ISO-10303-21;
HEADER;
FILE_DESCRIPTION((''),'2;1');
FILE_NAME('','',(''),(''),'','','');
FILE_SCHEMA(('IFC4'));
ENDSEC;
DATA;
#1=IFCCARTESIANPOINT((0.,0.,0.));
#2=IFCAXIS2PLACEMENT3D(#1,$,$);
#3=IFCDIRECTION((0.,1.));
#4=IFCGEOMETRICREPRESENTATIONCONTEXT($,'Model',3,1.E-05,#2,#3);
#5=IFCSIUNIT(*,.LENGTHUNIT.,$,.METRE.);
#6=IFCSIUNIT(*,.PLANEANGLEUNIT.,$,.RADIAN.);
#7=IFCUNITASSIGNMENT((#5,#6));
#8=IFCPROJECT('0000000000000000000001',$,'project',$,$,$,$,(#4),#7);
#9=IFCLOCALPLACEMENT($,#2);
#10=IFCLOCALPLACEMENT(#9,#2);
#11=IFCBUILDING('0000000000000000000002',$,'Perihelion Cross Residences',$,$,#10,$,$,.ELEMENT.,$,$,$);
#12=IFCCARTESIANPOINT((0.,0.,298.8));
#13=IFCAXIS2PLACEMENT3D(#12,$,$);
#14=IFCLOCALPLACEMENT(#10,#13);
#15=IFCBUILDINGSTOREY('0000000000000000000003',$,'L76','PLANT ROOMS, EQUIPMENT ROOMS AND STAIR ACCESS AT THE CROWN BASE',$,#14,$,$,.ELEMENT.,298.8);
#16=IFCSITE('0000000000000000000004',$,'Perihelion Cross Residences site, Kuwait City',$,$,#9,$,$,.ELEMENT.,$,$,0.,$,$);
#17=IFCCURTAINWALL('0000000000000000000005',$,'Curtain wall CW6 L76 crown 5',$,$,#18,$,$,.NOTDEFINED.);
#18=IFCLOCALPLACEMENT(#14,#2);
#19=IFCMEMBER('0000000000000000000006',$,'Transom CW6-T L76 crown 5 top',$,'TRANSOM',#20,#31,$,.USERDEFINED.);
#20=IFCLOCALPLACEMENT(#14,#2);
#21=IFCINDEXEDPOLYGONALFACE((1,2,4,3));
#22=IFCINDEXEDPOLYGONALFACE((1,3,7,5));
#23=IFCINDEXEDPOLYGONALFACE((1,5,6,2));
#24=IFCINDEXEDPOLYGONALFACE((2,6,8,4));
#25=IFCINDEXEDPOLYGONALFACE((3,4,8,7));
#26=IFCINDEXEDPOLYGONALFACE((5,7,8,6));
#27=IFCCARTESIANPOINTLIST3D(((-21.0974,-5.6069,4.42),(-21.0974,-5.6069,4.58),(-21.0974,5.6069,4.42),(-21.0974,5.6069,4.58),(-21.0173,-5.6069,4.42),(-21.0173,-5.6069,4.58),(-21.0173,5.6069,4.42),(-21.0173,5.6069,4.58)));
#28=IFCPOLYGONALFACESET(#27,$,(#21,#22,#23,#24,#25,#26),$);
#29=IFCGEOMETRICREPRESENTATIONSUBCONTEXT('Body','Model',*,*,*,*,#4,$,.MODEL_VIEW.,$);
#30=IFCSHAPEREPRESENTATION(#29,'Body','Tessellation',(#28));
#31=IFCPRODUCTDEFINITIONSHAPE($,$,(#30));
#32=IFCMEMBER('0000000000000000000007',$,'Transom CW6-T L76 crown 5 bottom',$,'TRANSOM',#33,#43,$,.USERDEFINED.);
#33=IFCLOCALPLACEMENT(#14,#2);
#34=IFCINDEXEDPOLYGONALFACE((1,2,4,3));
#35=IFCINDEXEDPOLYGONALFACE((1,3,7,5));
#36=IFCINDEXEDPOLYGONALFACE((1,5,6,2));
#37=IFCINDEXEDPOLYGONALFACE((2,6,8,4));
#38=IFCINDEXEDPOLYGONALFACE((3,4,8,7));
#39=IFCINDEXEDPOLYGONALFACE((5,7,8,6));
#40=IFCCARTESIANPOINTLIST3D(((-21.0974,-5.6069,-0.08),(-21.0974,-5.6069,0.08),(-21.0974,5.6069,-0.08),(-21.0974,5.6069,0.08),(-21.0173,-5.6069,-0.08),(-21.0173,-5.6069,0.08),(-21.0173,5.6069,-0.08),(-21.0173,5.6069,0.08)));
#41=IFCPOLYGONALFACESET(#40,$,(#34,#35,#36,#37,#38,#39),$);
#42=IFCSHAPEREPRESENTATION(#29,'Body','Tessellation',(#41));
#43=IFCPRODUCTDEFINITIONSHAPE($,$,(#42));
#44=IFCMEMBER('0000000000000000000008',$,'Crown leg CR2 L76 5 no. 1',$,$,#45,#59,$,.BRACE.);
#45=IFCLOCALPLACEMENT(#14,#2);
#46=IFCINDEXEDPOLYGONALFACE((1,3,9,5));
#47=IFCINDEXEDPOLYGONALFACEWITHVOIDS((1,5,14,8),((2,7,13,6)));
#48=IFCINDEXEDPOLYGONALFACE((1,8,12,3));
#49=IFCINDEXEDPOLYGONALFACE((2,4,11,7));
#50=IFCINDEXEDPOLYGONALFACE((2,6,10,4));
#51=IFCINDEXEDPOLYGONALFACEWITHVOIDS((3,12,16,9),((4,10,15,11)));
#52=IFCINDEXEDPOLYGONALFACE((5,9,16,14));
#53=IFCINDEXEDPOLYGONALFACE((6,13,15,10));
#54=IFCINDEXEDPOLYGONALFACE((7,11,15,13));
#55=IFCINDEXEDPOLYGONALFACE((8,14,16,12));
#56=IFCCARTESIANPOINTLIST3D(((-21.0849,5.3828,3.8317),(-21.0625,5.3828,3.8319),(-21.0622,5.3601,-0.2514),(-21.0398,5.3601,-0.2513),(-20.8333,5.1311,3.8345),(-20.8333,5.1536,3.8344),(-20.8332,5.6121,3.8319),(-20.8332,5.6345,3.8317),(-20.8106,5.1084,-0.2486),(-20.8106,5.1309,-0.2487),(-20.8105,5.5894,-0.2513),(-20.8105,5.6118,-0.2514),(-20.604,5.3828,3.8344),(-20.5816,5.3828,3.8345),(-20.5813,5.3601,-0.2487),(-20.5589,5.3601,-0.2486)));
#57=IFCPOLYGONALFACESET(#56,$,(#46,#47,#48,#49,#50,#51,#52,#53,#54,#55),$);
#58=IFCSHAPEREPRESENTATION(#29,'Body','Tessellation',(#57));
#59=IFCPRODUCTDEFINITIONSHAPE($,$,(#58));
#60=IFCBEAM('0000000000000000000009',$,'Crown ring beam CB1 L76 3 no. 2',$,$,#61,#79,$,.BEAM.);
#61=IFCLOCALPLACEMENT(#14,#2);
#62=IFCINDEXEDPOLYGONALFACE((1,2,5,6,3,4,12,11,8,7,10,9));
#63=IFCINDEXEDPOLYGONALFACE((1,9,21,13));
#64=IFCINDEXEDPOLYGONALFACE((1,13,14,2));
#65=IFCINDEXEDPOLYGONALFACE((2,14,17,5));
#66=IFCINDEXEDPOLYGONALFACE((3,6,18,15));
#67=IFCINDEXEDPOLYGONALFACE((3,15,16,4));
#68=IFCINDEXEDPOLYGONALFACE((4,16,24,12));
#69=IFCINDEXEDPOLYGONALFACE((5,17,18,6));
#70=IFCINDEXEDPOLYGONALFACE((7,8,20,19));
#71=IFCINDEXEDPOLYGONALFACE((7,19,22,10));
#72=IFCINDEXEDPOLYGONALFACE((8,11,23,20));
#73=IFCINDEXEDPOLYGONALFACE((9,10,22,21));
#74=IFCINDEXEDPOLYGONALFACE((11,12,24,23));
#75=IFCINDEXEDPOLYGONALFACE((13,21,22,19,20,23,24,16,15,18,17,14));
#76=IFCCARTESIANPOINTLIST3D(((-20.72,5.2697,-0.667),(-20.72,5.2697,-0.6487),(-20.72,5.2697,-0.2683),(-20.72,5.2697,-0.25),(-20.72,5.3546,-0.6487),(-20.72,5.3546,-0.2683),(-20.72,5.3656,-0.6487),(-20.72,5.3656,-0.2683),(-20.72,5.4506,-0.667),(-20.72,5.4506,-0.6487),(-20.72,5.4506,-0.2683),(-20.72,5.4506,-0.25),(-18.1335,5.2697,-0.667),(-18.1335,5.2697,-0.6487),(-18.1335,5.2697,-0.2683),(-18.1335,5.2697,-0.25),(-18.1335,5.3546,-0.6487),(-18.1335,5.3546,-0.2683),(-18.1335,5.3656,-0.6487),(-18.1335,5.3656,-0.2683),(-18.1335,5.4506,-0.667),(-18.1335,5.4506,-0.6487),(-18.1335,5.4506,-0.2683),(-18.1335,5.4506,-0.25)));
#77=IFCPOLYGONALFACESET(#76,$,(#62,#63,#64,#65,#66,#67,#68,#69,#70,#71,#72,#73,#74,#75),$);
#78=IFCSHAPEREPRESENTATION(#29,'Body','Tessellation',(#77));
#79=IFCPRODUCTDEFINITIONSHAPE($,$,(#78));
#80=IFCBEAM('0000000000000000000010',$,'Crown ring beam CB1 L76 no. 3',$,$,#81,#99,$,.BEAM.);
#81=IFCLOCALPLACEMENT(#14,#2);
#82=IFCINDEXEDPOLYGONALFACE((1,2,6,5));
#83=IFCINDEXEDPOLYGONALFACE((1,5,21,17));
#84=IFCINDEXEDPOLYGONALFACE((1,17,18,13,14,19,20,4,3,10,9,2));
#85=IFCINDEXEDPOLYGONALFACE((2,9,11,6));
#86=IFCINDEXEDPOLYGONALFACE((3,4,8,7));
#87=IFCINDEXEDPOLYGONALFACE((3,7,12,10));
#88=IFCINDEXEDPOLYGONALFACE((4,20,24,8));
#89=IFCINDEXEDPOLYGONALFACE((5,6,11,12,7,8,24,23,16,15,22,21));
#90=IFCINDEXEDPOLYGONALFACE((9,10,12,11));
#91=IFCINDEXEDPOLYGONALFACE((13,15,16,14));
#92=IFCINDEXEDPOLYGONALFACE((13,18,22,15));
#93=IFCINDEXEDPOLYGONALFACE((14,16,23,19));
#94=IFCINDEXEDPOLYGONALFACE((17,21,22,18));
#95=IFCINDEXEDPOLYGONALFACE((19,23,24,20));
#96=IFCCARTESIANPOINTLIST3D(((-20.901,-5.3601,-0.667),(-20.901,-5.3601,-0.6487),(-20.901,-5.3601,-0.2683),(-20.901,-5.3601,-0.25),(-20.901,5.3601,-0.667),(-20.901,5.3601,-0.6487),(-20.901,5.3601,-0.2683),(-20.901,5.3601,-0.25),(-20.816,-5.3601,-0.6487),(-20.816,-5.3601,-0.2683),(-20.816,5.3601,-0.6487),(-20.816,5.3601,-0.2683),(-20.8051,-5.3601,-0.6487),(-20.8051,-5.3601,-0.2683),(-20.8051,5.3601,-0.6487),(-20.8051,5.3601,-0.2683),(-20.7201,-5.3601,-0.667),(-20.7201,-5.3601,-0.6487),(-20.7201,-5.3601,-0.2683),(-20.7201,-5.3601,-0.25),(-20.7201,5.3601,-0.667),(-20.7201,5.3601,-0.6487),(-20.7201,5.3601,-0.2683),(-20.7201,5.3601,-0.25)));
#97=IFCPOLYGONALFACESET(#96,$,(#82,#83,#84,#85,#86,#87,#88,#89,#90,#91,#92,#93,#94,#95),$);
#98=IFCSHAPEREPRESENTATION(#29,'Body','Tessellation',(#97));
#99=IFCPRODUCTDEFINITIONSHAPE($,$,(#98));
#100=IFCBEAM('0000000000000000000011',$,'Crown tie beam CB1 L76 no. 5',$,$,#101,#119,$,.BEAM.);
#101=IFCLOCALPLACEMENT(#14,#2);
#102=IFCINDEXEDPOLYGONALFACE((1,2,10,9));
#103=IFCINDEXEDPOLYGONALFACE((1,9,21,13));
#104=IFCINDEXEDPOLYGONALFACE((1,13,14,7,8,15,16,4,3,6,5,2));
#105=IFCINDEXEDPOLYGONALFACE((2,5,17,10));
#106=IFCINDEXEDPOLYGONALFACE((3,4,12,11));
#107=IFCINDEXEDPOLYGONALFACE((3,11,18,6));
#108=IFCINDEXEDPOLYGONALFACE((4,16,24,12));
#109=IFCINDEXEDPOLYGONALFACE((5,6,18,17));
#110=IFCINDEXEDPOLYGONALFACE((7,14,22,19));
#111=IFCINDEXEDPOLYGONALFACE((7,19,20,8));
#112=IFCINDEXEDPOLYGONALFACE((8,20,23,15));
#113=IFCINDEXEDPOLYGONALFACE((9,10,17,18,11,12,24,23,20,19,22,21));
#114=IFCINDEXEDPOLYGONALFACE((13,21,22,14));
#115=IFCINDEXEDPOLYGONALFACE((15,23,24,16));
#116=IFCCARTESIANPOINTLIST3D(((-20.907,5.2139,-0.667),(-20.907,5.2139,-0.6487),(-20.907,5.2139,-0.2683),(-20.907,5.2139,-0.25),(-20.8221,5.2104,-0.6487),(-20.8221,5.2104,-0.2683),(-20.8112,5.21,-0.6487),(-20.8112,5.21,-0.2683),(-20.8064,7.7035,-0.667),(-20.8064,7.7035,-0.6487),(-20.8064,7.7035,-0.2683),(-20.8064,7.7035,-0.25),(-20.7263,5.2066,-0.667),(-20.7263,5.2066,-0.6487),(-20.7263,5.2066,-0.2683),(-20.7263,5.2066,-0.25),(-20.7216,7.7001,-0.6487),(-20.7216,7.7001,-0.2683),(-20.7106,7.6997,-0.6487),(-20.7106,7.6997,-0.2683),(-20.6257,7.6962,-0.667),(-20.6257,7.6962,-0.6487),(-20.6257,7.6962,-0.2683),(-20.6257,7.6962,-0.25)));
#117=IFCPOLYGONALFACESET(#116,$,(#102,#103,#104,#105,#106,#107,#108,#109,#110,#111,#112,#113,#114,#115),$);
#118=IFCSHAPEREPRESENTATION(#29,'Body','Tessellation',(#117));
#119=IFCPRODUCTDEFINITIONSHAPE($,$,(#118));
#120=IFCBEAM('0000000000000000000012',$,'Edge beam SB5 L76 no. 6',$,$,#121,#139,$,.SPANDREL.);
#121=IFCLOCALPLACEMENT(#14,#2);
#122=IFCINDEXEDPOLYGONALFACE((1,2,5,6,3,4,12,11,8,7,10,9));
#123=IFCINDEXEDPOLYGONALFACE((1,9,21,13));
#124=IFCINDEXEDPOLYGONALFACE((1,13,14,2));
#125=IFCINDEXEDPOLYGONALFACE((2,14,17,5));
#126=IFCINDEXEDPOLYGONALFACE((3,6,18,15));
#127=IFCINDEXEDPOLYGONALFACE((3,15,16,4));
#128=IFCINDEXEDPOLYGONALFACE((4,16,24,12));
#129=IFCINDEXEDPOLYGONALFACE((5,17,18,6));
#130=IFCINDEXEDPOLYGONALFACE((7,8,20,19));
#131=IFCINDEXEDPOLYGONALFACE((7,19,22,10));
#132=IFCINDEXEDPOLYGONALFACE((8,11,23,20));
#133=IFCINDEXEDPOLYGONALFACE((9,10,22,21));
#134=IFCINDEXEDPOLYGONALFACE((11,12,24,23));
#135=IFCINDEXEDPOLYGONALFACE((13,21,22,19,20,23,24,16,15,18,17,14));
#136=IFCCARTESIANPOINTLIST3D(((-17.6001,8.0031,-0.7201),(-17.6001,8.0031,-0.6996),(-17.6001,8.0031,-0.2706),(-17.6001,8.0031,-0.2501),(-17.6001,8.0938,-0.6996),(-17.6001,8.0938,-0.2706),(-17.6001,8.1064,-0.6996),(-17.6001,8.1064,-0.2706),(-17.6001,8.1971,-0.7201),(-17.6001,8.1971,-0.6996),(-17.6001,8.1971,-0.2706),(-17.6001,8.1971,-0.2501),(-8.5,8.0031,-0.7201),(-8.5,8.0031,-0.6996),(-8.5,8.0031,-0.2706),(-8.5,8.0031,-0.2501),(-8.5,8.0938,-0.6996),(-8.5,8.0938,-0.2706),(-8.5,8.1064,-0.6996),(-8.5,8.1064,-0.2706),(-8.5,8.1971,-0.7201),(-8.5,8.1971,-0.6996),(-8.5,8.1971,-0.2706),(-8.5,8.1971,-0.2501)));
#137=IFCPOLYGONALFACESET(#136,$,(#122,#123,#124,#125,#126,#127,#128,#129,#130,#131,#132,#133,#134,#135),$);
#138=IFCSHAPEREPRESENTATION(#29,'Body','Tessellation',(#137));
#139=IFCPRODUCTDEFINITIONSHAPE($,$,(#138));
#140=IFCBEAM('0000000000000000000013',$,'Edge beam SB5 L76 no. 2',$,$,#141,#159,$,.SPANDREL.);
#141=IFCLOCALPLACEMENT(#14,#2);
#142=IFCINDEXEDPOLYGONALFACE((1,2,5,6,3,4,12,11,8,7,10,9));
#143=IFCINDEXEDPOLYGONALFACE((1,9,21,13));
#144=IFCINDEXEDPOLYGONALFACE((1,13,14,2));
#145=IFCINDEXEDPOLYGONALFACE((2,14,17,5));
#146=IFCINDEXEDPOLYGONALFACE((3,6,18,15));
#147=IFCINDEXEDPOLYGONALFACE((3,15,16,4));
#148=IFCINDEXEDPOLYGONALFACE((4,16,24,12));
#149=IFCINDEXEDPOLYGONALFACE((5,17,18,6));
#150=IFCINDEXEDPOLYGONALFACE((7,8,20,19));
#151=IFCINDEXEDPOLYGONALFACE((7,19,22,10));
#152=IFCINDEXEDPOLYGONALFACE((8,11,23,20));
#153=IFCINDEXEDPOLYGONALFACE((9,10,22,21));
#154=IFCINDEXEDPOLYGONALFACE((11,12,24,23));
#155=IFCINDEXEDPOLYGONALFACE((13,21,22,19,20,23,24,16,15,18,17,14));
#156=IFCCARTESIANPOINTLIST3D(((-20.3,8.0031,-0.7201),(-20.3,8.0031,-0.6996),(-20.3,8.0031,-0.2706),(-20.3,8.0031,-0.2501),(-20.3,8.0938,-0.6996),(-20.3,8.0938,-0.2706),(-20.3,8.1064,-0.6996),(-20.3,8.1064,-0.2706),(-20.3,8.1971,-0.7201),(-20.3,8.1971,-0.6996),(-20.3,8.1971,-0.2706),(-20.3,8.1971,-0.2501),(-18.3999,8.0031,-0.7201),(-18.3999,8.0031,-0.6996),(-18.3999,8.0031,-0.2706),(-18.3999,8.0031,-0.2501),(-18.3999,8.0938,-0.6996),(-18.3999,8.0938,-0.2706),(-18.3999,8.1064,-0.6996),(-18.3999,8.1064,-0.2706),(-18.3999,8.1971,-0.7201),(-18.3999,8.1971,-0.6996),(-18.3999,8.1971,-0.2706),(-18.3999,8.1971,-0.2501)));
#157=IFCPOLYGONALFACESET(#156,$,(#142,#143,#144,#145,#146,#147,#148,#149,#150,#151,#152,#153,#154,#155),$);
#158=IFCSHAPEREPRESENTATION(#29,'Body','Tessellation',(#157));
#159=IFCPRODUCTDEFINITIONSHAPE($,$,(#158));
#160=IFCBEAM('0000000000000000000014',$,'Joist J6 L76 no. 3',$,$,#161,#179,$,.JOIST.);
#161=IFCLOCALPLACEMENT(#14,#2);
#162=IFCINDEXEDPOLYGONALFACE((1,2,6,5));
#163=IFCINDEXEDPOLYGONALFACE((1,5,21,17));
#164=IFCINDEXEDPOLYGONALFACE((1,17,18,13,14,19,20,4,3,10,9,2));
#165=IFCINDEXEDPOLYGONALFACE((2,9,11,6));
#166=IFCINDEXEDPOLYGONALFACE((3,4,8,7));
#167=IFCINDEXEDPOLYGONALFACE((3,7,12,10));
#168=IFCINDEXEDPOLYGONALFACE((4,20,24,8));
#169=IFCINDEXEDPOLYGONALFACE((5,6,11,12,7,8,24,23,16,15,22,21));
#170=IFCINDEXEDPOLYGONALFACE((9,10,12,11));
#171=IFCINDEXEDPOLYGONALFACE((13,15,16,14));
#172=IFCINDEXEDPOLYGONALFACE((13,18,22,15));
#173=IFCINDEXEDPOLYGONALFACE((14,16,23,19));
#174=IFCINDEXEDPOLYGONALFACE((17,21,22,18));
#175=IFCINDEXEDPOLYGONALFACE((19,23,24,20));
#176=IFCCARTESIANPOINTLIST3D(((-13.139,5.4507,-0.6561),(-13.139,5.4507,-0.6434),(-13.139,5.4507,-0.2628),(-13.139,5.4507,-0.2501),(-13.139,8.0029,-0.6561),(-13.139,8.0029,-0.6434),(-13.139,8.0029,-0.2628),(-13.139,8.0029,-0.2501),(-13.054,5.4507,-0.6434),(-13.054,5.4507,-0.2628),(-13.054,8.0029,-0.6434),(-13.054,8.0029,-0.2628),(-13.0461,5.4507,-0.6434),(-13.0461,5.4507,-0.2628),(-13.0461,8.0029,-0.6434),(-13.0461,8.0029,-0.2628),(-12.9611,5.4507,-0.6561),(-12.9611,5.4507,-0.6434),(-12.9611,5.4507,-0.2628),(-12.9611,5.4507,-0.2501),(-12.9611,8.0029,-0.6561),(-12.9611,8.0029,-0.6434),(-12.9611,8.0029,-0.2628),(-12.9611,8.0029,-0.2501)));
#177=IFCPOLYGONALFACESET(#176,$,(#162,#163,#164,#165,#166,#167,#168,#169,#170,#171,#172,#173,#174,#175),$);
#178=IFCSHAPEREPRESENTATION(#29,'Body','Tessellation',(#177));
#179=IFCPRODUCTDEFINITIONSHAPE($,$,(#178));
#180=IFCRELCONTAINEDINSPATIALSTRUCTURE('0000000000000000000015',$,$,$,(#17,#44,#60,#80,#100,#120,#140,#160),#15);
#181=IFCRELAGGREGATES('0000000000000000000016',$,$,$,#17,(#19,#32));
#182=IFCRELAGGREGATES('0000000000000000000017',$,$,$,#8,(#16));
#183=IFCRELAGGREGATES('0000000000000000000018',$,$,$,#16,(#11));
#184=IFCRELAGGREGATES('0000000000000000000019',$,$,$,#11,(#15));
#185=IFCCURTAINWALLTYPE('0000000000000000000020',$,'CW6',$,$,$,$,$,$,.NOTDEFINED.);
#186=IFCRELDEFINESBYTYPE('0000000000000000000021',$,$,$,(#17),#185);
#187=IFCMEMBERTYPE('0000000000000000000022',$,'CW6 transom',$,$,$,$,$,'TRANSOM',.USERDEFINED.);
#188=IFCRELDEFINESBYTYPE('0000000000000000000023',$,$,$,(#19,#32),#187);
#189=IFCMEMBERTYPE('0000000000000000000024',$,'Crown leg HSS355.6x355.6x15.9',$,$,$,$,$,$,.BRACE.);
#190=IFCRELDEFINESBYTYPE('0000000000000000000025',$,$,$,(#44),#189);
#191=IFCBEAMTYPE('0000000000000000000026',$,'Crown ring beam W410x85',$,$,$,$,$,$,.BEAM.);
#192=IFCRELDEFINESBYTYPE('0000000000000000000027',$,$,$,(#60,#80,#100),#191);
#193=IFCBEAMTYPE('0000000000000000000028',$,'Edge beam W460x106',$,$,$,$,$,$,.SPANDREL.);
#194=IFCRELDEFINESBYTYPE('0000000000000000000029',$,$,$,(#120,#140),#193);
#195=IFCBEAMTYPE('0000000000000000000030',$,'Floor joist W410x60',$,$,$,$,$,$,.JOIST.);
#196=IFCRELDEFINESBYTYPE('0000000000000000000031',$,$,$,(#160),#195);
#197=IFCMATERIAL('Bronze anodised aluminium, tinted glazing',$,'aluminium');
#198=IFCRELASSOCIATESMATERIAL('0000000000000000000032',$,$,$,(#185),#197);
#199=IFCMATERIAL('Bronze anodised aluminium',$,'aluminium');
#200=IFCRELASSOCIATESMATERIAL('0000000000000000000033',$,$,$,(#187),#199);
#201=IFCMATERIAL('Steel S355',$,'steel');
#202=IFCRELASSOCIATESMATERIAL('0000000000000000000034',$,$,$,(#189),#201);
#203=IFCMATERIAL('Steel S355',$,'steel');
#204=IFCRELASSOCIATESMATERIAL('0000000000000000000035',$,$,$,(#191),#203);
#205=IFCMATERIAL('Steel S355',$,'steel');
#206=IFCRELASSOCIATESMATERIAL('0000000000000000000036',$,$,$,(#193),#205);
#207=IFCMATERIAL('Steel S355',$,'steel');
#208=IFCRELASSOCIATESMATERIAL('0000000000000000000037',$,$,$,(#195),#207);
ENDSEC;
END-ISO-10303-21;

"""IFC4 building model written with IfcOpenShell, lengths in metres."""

from ifc_helpers import new_model, si_unit, direction, frame, origin, origin_2d, place, context, subcontext, project, spatial, rectangle, hollow_rectangle, i_section, extrude, material, material_profile, profile_set, type_object, element, aggregate, save


model = new_model("IFC4")

# Units and contexts
model_context = context("Model", 3, precision=1e-05, world=origin(), true_north=direction((0.0, 1.0)))
body_context = subcontext(model_context, "Body", "Model", "MODEL_VIEW")
ifc_project = project(units=[si_unit("LENGTHUNIT", "METRE"), si_unit("PLANEANGLEUNIT", "RADIAN")], contexts=[model_context])

# Site, building, storey
site_placement = place(None, origin())
site = spatial("IfcSite", under=ifc_project, at=site_placement, Name="Perihelion Cross Residences site, Kuwait City", CompositionType="ELEMENT", RefElevation=0.0)
building_placement = place(site_placement, origin())
building = spatial("IfcBuilding", under=site, at=building_placement, Name="Perihelion Cross Residences", CompositionType="ELEMENT")
storey_placement = place(building_placement, frame((0.0, 0.0, 298.8)))
storey = spatial("IfcBuildingStorey", under=building, at=storey_placement, Name="L76", Description="PLANT ROOMS, EQUIPMENT ROOMS AND STAIR ACCESS AT THE CROWN BASE", CompositionType="ELEMENT", Elevation=298.8)

# Curtain wall, members
ifc_material_1 = material(Name="Bronze anodised aluminium, tinted glazing", Category="aluminium")
curtain_wall_type = type_object("IfcCurtainWallType", Name="CW6", PredefinedType="NOTDEFINED", material=ifc_material_1)
curtain_wall_1_placement = place(storey_placement, origin())
curtain_wall_1 = element("IfcCurtainWall", 1, at=curtain_wall_1_placement, inside=storey, type_object=curtain_wall_type, Name="Curtain wall CW6 L76 crown 5", PredefinedType="NOTDEFINED")
ifc_material_2 = material(Name="Bronze anodised aluminium", Category="aluminium")
ifc_material_profile_1 = material_profile(ifc_material_2, rectangle(XDim=0.0801, YDim=0.1599, at=origin_2d()), Name="CW6 transom")
ifc_profile_set_1 = profile_set([ifc_material_profile_1], Name="Bronze anodised aluminium")
member_type_1 = type_object("IfcMemberType", Name="CW6 transom", ElementType="TRANSOM", PredefinedType="USERDEFINED", material=ifc_profile_set_1)
member_1_placement = place(storey_placement, frame((-21.0574, 5.6069, 4.5), z_axis=(0.0, -1.0, 0.0), x_axis=(1.0, 0.0, 0.0)))
member_1 = element("IfcMember", 2, at=member_1_placement, type_object=member_type_1, Name="Transom CW6-T L76 crown 5 top", ObjectType="TRANSOM", PredefinedType="USERDEFINED", context=body_context, shape_type="SweptSolid", body=[
    extrude(rectangle(XDim=0.0801, YDim=0.1599, at=origin_2d()), origin(), (0.0, 0.0, 1.0), 11.2139),
])
member_2_placement = place(storey_placement, frame((-21.0574, 5.6069, 0.0), z_axis=(0.0, -1.0, 0.0), x_axis=(1.0, 0.0, 0.0)))
member_2 = element("IfcMember", 3, at=member_2_placement, type_object=member_type_1, Name="Transom CW6-T L76 crown 5 bottom", ObjectType="TRANSOM", PredefinedType="USERDEFINED", context=body_context, shape_type="SweptSolid", body=[
    extrude(rectangle(XDim=0.0801, YDim=0.1599, at=origin_2d()), origin(), (0.0, 0.0, 1.0), 11.2139),
])
aggregate(curtain_wall_1, [member_1, member_2])

# Member
ifc_material_3 = material(Name="Steel S355", Category="steel")
ifc_material_profile_2 = material_profile(ifc_material_3, hollow_rectangle(XDim=0.356, YDim=0.356, WallThickness=0.0159, at=origin_2d()), Name="HSS355.6x355.6x15.9")
ifc_profile_set_2 = profile_set([ifc_material_profile_2], Name="Steel S355")
member_type_2 = type_object("IfcMemberType", Name="Crown leg HSS355.6x355.6x15.9", PredefinedType="BRACE", material=ifc_profile_set_2)
member_3_placement = place(storey_placement, frame((-20.8105, 5.3601, -0.25), z_axis=(-0.005561, 0.005561, 0.999969), x_axis=(-0.707107, -0.707107, 0.0)))
element("IfcMember", 4, at=member_3_placement, inside=storey, type_object=member_type_2, Name="Crown leg CR2 L76 5 no. 1", PredefinedType="BRACE", context=body_context, shape_type="SweptSolid", body=[
    extrude(hollow_rectangle(XDim=0.356, YDim=0.356, WallThickness=0.0159, at=origin_2d()), origin(), (0.0, 0.0, 1.0), 4.0833),
])

# Beams
ifc_material_4 = material(Name="Steel S355", Category="steel")
ifc_material_profile_3 = material_profile(ifc_material_4, i_section(OverallWidth=0.1809, OverallDepth=0.417, WebThickness=0.011, FlangeThickness=0.0183, at=origin_2d()), Name="W410x85")
ifc_profile_set_3 = profile_set([ifc_material_profile_3], Name="Steel S355")
beam_type_1 = type_object("IfcBeamType", Name="Crown ring beam W410x85", PredefinedType="BEAM", material=ifc_profile_set_3)
beam_1_placement = place(storey_placement, frame((-18.1335, 5.3601, -0.4585), z_axis=(-1.0, 0.0, 0.0), x_axis=(0.0, -1.0, 0.0)))
element("IfcBeam", 5, at=beam_1_placement, inside=storey, type_object=beam_type_1, Name="Crown ring beam CB1 L76 3 no. 2", PredefinedType="BEAM", context=body_context, shape_type="SweptSolid", body=[
    extrude(i_section(OverallWidth=0.1809, OverallDepth=0.417, WebThickness=0.011, FlangeThickness=0.0183, at=origin_2d()), origin(), (0.0, 0.0, 1.0), 2.5864),
])
beam_2_placement = place(storey_placement, frame((-20.8105, 5.3601, -0.4585), z_axis=(0.0, -1.0, 0.0), x_axis=(1.0, 0.0, 0.0)))
element("IfcBeam", 6, at=beam_2_placement, inside=storey, type_object=beam_type_1, Name="Crown ring beam CB1 L76 no. 3", PredefinedType="BEAM", context=body_context, shape_type="SweptSolid", body=[
    extrude(i_section(OverallWidth=0.1809, OverallDepth=0.417, WebThickness=0.011, FlangeThickness=0.0183, at=origin_2d()), origin(), (0.0, 0.0, 1.0), 10.7202),
])
beam_3_placement = place(storey_placement, frame((-20.8167, 5.2102, -0.4585), z_axis=(0.040367, 0.999185, 0.0), x_axis=(-0.999185, 0.040367, 0.0)))
element("IfcBeam", 7, at=beam_3_placement, inside=storey, type_object=beam_type_1, Name="Crown tie beam CB1 L76 no. 5", PredefinedType="BEAM", context=body_context, shape_type="SweptSolid", body=[
    extrude(i_section(OverallWidth=0.1809, OverallDepth=0.417, WebThickness=0.011, FlangeThickness=0.0183, at=origin_2d()), origin(), (0.0, 0.0, 1.0), 2.4917),
])
ifc_material_5 = material(Name="Steel S355", Category="steel")
ifc_material_profile_4 = material_profile(ifc_material_5, i_section(OverallWidth=0.1941, OverallDepth=0.47, WebThickness=0.0127, FlangeThickness=0.0205, at=origin_2d()), Name="W460x106")
ifc_profile_set_4 = profile_set([ifc_material_profile_4], Name="Steel S355")
beam_type_2 = type_object("IfcBeamType", Name="Edge beam W460x106", PredefinedType="SPANDREL", material=ifc_profile_set_4)
beam_4_placement = place(storey_placement, frame((-8.5, 8.1001, -0.4851), z_axis=(-1.0, 0.0, 0.0), x_axis=(0.0, -1.0, 0.0)))
element("IfcBeam", 8, at=beam_4_placement, inside=storey, type_object=beam_type_2, Name="Edge beam SB5 L76 no. 6", PredefinedType="SPANDREL", context=body_context, shape_type="SweptSolid", body=[
    extrude(i_section(OverallWidth=0.1941, OverallDepth=0.47, WebThickness=0.0127, FlangeThickness=0.0205, at=origin_2d()), origin(), (0.0, 0.0, 1.0), 9.1001),
])
beam_5_placement = place(storey_placement, frame((-18.3999, 8.1001, -0.4851), z_axis=(-1.0, 0.0, 0.0), x_axis=(0.0, -1.0, 0.0)))
element("IfcBeam", 9, at=beam_5_placement, inside=storey, type_object=beam_type_2, Name="Edge beam SB5 L76 no. 2", PredefinedType="SPANDREL", context=body_context, shape_type="SweptSolid", body=[
    extrude(i_section(OverallWidth=0.1941, OverallDepth=0.47, WebThickness=0.0127, FlangeThickness=0.0205, at=origin_2d()), origin(), (0.0, 0.0, 1.0), 1.9001),
])
ifc_material_6 = material(Name="Steel S355", Category="steel")
ifc_material_profile_5 = material_profile(ifc_material_6, i_section(OverallWidth=0.178, OverallDepth=0.406, WebThickness=0.0078, FlangeThickness=0.0127, at=origin_2d()), Name="W410x60")
ifc_profile_set_5 = profile_set([ifc_material_profile_5], Name="Steel S355")
beam_type_3 = type_object("IfcBeamType", Name="Floor joist W410x60", PredefinedType="JOIST", material=ifc_profile_set_5)
beam_6_placement = place(storey_placement, frame((-13.05, 5.4507, -0.4531), z_axis=(0.0, 1.0, 0.0), x_axis=(-1.0, 0.0, 0.0)))
element("IfcBeam", 10, at=beam_6_placement, inside=storey, type_object=beam_type_3, Name="Joist J6 L76 no. 3", PredefinedType="JOIST", context=body_context, shape_type="SweptSolid", body=[
    extrude(i_section(OverallWidth=0.178, OverallDepth=0.406, WebThickness=0.0078, FlangeThickness=0.0127, at=origin_2d()), origin(), (0.0, 0.0, 1.0), 2.5522),
])

save(model, "model.ifc")
